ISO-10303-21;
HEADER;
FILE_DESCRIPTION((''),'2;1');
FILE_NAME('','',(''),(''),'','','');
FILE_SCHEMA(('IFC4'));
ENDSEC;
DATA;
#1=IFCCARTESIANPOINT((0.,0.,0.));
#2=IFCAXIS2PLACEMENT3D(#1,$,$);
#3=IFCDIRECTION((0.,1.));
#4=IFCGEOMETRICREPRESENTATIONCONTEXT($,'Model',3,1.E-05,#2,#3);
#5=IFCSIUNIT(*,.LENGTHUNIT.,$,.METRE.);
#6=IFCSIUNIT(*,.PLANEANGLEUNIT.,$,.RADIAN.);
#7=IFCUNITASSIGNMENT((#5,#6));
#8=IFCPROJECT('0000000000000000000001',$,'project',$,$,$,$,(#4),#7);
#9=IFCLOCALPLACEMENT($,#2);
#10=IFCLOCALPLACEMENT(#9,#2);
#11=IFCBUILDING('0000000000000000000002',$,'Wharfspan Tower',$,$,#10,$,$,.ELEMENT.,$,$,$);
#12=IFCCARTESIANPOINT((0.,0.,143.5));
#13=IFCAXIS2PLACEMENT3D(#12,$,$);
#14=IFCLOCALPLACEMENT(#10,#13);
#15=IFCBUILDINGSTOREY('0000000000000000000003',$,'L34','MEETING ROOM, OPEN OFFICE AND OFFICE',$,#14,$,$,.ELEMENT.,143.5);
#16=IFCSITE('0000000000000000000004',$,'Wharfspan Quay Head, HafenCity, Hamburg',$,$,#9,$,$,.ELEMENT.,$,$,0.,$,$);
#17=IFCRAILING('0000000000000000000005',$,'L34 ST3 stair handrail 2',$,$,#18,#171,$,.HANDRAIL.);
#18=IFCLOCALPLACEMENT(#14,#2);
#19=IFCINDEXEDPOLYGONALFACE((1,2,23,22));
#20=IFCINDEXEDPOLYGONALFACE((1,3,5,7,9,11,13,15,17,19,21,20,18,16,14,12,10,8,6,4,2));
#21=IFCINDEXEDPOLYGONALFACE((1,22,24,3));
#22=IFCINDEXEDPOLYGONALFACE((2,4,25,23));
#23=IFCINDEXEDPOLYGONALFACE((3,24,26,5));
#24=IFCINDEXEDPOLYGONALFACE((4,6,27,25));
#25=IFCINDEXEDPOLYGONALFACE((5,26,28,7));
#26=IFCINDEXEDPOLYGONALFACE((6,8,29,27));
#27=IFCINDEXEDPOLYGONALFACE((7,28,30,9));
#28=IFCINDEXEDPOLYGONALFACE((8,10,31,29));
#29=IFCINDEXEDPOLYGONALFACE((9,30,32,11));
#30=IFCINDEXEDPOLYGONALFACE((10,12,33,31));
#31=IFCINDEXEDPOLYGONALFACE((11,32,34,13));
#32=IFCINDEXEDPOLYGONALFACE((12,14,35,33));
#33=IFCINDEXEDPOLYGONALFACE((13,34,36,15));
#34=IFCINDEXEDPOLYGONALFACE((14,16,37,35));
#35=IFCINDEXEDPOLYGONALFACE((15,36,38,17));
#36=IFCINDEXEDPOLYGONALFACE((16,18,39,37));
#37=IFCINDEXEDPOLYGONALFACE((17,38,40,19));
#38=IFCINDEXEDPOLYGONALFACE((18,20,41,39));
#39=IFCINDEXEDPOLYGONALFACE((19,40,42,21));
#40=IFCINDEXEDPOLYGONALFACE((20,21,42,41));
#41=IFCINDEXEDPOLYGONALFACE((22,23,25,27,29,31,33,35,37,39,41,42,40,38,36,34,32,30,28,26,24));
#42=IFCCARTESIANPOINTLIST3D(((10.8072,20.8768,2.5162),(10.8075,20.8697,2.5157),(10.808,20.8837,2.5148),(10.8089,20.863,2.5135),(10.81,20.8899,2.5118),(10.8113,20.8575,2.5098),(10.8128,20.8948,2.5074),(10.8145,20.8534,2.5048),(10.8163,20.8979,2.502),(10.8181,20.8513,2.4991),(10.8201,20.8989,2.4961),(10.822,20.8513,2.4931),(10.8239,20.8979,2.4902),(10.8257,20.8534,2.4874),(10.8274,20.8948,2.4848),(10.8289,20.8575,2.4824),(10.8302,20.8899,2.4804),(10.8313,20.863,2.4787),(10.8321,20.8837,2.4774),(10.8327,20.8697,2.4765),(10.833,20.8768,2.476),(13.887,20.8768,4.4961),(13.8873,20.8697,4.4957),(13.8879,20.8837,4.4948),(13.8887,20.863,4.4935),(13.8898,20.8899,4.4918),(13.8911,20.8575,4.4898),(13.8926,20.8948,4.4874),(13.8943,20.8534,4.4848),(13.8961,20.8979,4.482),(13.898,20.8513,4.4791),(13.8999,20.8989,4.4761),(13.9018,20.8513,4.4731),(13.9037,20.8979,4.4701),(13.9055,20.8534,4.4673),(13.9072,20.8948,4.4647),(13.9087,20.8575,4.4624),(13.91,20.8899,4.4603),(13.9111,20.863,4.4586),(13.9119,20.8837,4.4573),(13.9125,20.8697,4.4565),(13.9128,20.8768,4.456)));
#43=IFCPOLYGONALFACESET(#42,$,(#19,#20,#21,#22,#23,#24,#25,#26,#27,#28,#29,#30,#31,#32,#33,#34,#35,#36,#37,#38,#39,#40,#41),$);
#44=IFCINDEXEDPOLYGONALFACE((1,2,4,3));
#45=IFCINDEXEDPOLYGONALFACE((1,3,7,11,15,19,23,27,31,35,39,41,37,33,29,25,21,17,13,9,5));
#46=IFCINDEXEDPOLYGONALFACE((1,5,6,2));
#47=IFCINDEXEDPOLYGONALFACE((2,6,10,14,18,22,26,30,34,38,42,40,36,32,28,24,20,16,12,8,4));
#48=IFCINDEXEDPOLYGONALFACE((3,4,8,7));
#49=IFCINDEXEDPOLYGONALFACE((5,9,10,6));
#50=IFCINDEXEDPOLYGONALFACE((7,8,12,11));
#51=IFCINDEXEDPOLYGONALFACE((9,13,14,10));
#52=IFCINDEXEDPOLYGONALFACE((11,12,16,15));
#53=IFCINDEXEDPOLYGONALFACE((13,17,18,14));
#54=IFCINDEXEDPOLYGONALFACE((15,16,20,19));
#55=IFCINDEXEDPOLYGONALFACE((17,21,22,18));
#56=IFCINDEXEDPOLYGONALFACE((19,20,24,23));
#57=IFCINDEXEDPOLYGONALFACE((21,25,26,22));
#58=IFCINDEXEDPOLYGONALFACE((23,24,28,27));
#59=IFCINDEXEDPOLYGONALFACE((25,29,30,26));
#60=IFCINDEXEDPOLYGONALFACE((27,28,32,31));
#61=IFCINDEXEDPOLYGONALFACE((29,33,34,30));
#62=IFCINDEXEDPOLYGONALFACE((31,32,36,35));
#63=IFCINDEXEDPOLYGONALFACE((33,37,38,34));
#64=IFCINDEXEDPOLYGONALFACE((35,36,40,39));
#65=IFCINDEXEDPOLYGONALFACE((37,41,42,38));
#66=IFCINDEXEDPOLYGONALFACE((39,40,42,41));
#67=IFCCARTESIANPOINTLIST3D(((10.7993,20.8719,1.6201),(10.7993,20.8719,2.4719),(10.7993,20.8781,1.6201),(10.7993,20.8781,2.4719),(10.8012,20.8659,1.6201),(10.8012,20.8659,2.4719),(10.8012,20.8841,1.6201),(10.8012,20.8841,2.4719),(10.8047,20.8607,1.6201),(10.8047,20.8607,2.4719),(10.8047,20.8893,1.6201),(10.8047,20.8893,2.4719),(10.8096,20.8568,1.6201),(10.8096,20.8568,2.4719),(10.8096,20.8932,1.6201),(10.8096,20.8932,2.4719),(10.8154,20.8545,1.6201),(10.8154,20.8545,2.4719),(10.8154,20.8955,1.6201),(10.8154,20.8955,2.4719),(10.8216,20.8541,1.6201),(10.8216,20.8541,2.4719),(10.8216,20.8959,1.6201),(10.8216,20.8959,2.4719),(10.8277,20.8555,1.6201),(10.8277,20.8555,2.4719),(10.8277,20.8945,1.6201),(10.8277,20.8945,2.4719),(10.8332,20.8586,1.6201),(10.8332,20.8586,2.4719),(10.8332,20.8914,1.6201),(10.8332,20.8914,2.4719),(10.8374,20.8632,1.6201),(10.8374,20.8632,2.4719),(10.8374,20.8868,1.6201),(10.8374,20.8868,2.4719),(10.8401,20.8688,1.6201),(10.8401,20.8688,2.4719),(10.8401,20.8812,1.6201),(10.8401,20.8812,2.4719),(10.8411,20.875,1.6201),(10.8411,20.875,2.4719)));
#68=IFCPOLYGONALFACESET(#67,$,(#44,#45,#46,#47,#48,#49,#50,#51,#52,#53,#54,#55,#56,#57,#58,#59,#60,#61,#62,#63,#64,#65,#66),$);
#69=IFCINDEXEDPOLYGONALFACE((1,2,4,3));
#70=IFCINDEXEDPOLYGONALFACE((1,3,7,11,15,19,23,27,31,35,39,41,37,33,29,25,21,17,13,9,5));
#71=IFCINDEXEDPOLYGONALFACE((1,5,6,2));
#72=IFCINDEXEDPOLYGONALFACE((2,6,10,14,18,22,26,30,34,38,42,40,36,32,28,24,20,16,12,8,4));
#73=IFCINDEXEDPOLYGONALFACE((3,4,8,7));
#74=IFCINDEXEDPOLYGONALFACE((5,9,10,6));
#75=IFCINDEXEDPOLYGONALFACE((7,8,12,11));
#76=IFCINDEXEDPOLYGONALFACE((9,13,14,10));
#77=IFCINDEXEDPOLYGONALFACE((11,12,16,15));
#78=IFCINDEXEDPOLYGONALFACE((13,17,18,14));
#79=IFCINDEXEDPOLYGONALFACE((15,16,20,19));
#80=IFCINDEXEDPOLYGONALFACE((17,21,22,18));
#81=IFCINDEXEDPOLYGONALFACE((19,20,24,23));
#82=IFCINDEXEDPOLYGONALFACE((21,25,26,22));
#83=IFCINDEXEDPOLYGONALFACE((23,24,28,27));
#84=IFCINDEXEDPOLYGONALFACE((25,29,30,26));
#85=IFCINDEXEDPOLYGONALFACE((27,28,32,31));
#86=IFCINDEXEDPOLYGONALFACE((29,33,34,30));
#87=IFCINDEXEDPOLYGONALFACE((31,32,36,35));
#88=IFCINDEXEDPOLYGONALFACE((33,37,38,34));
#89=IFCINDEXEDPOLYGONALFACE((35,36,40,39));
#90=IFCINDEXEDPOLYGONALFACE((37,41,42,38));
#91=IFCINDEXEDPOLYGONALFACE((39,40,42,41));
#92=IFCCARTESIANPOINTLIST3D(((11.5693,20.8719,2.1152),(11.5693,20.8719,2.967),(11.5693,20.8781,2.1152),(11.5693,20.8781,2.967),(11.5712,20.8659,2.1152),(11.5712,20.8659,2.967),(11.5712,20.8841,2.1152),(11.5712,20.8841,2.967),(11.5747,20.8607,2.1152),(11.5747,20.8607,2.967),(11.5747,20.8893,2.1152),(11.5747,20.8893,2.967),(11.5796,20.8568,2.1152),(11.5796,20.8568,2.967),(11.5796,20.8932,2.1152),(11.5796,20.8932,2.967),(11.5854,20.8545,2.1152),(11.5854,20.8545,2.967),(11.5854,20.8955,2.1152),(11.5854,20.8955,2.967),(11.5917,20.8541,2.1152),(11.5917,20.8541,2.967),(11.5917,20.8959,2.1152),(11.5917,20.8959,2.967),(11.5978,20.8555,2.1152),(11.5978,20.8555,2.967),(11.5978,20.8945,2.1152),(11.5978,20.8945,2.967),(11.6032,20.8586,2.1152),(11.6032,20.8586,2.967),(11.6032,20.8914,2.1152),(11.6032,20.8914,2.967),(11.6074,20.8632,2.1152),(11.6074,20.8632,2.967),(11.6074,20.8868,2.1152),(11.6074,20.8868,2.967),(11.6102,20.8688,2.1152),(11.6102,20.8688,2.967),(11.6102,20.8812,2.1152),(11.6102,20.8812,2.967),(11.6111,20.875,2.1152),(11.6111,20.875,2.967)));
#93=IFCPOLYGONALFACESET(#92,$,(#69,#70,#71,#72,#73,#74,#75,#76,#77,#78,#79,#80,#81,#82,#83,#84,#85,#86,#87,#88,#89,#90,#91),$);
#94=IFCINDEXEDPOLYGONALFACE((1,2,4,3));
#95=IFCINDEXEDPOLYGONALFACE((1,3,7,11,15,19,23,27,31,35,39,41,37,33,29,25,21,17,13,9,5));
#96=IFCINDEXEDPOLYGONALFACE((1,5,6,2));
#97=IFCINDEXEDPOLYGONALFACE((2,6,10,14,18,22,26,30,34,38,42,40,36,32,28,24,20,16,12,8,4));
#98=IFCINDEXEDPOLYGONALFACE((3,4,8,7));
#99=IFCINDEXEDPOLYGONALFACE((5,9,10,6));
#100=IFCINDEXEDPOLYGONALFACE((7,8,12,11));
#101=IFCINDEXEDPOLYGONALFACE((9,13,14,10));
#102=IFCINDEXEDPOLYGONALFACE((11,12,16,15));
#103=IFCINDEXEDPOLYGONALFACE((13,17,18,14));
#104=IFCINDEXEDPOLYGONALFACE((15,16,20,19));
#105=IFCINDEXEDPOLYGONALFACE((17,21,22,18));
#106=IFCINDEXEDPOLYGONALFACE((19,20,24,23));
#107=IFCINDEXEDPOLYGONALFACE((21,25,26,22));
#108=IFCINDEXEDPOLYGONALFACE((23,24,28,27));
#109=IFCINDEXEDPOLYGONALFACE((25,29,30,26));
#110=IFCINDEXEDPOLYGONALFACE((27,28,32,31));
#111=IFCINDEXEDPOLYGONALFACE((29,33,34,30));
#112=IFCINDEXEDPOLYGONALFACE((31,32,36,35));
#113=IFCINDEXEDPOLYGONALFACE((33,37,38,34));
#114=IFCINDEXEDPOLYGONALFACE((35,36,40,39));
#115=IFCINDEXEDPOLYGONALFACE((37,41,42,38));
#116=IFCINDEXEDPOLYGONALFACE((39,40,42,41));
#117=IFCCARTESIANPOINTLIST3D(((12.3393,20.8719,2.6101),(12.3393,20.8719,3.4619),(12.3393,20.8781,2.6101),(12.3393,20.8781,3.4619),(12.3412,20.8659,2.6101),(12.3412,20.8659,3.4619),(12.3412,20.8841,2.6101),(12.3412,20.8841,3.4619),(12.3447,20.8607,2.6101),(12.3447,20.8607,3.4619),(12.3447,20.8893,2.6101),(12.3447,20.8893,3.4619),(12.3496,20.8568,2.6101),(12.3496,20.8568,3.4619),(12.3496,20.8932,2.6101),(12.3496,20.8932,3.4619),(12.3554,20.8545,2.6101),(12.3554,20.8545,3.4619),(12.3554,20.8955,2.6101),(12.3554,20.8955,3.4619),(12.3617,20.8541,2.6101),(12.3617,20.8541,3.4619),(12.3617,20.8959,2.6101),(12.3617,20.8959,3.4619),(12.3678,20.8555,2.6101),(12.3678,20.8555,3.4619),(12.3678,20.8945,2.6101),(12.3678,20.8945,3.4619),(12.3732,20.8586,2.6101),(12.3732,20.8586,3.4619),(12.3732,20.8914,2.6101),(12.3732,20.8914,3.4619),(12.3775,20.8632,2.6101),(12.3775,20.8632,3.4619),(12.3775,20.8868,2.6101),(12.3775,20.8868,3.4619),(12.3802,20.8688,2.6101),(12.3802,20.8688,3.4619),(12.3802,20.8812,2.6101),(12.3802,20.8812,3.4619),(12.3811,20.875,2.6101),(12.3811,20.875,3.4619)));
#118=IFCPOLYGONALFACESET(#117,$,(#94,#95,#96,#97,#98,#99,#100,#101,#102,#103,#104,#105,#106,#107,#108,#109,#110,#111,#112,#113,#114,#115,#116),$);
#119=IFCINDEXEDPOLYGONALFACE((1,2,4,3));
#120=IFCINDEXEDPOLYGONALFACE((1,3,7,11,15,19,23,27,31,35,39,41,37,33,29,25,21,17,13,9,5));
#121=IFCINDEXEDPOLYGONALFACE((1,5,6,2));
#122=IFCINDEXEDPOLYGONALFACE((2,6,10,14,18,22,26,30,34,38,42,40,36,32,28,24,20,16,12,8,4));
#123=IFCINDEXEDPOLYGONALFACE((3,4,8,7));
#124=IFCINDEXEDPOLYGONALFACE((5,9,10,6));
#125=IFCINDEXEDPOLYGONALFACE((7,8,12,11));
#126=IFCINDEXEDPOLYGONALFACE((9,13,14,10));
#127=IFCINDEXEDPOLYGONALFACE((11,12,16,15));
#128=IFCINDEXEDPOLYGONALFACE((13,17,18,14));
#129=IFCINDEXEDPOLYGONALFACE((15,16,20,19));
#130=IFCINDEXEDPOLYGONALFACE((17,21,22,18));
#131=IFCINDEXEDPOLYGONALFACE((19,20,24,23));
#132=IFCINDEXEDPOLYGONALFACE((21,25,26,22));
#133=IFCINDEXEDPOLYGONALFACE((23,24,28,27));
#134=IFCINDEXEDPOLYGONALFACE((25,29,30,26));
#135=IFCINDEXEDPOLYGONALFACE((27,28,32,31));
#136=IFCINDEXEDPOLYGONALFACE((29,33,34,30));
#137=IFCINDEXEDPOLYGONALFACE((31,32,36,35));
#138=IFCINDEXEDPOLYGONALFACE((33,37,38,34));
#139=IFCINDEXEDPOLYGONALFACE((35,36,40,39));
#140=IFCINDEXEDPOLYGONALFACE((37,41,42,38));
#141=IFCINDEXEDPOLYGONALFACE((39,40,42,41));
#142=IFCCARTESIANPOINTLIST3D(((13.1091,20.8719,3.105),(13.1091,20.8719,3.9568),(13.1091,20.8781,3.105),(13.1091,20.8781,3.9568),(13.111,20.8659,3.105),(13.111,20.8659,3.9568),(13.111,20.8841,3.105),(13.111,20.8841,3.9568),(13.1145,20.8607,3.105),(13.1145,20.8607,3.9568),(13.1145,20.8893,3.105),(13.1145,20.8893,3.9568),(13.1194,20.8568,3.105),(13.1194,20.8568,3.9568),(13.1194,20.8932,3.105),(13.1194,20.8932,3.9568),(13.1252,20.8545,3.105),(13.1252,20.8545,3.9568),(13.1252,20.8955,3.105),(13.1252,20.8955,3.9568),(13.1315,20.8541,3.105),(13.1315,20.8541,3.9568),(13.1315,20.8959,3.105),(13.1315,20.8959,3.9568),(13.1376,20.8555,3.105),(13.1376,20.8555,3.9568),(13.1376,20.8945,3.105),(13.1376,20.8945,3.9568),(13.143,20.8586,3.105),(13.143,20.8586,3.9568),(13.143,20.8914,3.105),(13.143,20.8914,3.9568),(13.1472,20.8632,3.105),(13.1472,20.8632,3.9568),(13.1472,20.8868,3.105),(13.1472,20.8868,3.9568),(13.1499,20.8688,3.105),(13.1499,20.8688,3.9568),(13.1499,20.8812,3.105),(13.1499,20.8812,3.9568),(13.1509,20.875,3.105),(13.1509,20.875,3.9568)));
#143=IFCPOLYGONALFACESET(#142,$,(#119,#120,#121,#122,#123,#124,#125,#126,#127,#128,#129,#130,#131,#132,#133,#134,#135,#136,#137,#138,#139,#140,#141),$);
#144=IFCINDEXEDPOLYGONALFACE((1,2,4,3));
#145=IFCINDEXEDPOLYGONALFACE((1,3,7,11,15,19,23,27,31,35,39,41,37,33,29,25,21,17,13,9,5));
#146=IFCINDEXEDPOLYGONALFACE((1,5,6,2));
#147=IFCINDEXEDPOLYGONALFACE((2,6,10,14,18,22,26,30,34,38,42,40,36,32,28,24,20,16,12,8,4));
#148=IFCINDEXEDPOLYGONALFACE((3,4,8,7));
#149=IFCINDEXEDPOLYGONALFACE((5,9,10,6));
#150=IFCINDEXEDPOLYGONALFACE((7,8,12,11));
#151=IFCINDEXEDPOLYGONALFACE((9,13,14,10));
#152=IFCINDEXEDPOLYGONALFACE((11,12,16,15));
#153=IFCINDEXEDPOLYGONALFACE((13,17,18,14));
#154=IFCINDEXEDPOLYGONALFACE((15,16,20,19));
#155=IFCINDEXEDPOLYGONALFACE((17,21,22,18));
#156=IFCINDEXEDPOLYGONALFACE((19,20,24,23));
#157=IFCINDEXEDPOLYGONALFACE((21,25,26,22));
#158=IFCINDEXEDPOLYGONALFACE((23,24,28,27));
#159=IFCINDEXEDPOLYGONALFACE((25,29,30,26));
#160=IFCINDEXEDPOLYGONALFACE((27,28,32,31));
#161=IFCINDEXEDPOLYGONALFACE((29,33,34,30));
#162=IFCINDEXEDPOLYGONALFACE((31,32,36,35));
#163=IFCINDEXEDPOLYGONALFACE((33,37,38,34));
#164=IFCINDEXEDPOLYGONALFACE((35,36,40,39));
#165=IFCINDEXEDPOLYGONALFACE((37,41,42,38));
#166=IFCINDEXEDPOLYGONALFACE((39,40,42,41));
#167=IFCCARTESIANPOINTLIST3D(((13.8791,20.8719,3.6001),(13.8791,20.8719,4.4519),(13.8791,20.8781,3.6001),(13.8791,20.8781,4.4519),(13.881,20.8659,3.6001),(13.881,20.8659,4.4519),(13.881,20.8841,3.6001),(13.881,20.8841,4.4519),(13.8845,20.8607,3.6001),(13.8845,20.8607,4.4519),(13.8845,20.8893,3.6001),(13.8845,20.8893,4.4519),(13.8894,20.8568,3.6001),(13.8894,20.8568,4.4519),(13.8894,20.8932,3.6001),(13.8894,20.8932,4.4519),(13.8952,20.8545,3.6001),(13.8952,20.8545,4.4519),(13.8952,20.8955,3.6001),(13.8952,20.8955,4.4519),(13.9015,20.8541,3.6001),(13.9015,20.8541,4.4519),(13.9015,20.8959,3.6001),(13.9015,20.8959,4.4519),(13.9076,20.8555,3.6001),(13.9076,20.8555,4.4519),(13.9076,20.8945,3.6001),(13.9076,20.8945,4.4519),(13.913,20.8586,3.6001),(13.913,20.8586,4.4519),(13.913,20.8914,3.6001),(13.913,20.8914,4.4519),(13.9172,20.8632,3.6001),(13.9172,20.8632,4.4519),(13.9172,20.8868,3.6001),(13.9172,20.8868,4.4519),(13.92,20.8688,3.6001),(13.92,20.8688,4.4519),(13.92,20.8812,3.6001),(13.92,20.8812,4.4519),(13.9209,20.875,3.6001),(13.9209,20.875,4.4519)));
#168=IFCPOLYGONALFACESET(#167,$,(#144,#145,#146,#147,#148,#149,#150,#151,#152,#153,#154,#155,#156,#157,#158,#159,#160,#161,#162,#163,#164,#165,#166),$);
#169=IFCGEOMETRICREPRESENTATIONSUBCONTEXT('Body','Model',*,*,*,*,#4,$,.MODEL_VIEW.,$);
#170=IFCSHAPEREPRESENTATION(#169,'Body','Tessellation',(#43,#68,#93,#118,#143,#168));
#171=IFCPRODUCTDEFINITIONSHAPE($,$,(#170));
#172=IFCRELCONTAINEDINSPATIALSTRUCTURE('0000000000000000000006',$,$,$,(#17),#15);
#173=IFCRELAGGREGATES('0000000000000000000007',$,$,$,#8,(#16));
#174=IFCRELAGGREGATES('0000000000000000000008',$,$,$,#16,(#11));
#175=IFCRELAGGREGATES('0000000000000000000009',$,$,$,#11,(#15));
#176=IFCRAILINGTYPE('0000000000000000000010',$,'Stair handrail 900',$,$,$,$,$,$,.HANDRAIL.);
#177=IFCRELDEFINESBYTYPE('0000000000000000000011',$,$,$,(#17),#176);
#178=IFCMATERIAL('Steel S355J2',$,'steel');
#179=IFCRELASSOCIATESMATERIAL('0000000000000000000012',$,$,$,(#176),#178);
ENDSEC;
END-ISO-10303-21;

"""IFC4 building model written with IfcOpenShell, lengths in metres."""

from ifc_helpers import new_model, si_unit, direction, frame, origin, origin_2d, place, context, subcontext, project, spatial, circle, extrude, material, type_object, element, save


model = new_model("IFC4")

# Units and contexts
model_context = context("Model", 3, precision=1e-05, world=origin(), true_north=direction((0.0, 1.0)))
body_context = subcontext(model_context, "Body", "Model", "MODEL_VIEW")
ifc_project = project(units=[si_unit("LENGTHUNIT", "METRE"), si_unit("PLANEANGLEUNIT", "RADIAN")], contexts=[model_context])

# Site, building, storey
site_placement = place(None, origin())
site = spatial("IfcSite", under=ifc_project, at=site_placement, Name="Wharfspan Quay Head, HafenCity, Hamburg", CompositionType="ELEMENT", RefElevation=0.0)
building_placement = place(site_placement, origin())
building = spatial("IfcBuilding", under=site, at=building_placement, Name="Wharfspan Tower", CompositionType="ELEMENT")
storey_placement = place(building_placement, frame((0.0, 0.0, 143.5)))
storey = spatial("IfcBuildingStorey", under=building, at=storey_placement, Name="L34", Description="MEETING ROOM, OPEN OFFICE AND OFFICE", CompositionType="ELEMENT", Elevation=143.5)

# Shared definitions
ifc_material_1 = material(Name="Steel S355J2", Category="steel")

# Railing
railing_type_1 = type_object("IfcRailingType", Name="Stair handrail 900", PredefinedType="HANDRAIL", material=ifc_material_1)
railing_1_placement = place(storey_placement, frame((10.8201, 20.875, 1.6201)))
element("IfcRailing", 1, at=railing_1_placement, inside=storey, type_object=railing_type_1, Name="L34 ST3 stair handrail 2", PredefinedType="HANDRAIL", context=body_context, shape_type="SweptSolid", body=[
    extrude(circle(Radius=0.0239, at=origin_2d()), frame((0.0, 0.0, 0.876), z_axis=(0.841168, 0.0, 0.540774), x_axis=(0.0, 1.0, 0.0)), (0.0, 0.0, 1.0), 3.6614),
    extrude(circle(Radius=0.021, at=origin_2d()), origin(), (0.0, 0.0, 1.0), 0.8518),
    extrude(circle(Radius=0.021, at=origin_2d()), frame((0.77, 0.0, 0.4951)), (0.0, 0.0, 1.0), 0.8518),
    extrude(circle(Radius=0.021, at=origin_2d()), frame((1.54, 0.0, 0.99)), (0.0, 0.0, 1.0), 0.8518),
    extrude(circle(Radius=0.021, at=origin_2d()), frame((2.3098, 0.0, 1.4849)), (0.0, 0.0, 1.0), 0.8518),
    extrude(circle(Radius=0.021, at=origin_2d()), frame((3.0798, 0.0, 1.98)), (0.0, 0.0, 1.0), 0.8518),
])

save(model, "model.ifc")
